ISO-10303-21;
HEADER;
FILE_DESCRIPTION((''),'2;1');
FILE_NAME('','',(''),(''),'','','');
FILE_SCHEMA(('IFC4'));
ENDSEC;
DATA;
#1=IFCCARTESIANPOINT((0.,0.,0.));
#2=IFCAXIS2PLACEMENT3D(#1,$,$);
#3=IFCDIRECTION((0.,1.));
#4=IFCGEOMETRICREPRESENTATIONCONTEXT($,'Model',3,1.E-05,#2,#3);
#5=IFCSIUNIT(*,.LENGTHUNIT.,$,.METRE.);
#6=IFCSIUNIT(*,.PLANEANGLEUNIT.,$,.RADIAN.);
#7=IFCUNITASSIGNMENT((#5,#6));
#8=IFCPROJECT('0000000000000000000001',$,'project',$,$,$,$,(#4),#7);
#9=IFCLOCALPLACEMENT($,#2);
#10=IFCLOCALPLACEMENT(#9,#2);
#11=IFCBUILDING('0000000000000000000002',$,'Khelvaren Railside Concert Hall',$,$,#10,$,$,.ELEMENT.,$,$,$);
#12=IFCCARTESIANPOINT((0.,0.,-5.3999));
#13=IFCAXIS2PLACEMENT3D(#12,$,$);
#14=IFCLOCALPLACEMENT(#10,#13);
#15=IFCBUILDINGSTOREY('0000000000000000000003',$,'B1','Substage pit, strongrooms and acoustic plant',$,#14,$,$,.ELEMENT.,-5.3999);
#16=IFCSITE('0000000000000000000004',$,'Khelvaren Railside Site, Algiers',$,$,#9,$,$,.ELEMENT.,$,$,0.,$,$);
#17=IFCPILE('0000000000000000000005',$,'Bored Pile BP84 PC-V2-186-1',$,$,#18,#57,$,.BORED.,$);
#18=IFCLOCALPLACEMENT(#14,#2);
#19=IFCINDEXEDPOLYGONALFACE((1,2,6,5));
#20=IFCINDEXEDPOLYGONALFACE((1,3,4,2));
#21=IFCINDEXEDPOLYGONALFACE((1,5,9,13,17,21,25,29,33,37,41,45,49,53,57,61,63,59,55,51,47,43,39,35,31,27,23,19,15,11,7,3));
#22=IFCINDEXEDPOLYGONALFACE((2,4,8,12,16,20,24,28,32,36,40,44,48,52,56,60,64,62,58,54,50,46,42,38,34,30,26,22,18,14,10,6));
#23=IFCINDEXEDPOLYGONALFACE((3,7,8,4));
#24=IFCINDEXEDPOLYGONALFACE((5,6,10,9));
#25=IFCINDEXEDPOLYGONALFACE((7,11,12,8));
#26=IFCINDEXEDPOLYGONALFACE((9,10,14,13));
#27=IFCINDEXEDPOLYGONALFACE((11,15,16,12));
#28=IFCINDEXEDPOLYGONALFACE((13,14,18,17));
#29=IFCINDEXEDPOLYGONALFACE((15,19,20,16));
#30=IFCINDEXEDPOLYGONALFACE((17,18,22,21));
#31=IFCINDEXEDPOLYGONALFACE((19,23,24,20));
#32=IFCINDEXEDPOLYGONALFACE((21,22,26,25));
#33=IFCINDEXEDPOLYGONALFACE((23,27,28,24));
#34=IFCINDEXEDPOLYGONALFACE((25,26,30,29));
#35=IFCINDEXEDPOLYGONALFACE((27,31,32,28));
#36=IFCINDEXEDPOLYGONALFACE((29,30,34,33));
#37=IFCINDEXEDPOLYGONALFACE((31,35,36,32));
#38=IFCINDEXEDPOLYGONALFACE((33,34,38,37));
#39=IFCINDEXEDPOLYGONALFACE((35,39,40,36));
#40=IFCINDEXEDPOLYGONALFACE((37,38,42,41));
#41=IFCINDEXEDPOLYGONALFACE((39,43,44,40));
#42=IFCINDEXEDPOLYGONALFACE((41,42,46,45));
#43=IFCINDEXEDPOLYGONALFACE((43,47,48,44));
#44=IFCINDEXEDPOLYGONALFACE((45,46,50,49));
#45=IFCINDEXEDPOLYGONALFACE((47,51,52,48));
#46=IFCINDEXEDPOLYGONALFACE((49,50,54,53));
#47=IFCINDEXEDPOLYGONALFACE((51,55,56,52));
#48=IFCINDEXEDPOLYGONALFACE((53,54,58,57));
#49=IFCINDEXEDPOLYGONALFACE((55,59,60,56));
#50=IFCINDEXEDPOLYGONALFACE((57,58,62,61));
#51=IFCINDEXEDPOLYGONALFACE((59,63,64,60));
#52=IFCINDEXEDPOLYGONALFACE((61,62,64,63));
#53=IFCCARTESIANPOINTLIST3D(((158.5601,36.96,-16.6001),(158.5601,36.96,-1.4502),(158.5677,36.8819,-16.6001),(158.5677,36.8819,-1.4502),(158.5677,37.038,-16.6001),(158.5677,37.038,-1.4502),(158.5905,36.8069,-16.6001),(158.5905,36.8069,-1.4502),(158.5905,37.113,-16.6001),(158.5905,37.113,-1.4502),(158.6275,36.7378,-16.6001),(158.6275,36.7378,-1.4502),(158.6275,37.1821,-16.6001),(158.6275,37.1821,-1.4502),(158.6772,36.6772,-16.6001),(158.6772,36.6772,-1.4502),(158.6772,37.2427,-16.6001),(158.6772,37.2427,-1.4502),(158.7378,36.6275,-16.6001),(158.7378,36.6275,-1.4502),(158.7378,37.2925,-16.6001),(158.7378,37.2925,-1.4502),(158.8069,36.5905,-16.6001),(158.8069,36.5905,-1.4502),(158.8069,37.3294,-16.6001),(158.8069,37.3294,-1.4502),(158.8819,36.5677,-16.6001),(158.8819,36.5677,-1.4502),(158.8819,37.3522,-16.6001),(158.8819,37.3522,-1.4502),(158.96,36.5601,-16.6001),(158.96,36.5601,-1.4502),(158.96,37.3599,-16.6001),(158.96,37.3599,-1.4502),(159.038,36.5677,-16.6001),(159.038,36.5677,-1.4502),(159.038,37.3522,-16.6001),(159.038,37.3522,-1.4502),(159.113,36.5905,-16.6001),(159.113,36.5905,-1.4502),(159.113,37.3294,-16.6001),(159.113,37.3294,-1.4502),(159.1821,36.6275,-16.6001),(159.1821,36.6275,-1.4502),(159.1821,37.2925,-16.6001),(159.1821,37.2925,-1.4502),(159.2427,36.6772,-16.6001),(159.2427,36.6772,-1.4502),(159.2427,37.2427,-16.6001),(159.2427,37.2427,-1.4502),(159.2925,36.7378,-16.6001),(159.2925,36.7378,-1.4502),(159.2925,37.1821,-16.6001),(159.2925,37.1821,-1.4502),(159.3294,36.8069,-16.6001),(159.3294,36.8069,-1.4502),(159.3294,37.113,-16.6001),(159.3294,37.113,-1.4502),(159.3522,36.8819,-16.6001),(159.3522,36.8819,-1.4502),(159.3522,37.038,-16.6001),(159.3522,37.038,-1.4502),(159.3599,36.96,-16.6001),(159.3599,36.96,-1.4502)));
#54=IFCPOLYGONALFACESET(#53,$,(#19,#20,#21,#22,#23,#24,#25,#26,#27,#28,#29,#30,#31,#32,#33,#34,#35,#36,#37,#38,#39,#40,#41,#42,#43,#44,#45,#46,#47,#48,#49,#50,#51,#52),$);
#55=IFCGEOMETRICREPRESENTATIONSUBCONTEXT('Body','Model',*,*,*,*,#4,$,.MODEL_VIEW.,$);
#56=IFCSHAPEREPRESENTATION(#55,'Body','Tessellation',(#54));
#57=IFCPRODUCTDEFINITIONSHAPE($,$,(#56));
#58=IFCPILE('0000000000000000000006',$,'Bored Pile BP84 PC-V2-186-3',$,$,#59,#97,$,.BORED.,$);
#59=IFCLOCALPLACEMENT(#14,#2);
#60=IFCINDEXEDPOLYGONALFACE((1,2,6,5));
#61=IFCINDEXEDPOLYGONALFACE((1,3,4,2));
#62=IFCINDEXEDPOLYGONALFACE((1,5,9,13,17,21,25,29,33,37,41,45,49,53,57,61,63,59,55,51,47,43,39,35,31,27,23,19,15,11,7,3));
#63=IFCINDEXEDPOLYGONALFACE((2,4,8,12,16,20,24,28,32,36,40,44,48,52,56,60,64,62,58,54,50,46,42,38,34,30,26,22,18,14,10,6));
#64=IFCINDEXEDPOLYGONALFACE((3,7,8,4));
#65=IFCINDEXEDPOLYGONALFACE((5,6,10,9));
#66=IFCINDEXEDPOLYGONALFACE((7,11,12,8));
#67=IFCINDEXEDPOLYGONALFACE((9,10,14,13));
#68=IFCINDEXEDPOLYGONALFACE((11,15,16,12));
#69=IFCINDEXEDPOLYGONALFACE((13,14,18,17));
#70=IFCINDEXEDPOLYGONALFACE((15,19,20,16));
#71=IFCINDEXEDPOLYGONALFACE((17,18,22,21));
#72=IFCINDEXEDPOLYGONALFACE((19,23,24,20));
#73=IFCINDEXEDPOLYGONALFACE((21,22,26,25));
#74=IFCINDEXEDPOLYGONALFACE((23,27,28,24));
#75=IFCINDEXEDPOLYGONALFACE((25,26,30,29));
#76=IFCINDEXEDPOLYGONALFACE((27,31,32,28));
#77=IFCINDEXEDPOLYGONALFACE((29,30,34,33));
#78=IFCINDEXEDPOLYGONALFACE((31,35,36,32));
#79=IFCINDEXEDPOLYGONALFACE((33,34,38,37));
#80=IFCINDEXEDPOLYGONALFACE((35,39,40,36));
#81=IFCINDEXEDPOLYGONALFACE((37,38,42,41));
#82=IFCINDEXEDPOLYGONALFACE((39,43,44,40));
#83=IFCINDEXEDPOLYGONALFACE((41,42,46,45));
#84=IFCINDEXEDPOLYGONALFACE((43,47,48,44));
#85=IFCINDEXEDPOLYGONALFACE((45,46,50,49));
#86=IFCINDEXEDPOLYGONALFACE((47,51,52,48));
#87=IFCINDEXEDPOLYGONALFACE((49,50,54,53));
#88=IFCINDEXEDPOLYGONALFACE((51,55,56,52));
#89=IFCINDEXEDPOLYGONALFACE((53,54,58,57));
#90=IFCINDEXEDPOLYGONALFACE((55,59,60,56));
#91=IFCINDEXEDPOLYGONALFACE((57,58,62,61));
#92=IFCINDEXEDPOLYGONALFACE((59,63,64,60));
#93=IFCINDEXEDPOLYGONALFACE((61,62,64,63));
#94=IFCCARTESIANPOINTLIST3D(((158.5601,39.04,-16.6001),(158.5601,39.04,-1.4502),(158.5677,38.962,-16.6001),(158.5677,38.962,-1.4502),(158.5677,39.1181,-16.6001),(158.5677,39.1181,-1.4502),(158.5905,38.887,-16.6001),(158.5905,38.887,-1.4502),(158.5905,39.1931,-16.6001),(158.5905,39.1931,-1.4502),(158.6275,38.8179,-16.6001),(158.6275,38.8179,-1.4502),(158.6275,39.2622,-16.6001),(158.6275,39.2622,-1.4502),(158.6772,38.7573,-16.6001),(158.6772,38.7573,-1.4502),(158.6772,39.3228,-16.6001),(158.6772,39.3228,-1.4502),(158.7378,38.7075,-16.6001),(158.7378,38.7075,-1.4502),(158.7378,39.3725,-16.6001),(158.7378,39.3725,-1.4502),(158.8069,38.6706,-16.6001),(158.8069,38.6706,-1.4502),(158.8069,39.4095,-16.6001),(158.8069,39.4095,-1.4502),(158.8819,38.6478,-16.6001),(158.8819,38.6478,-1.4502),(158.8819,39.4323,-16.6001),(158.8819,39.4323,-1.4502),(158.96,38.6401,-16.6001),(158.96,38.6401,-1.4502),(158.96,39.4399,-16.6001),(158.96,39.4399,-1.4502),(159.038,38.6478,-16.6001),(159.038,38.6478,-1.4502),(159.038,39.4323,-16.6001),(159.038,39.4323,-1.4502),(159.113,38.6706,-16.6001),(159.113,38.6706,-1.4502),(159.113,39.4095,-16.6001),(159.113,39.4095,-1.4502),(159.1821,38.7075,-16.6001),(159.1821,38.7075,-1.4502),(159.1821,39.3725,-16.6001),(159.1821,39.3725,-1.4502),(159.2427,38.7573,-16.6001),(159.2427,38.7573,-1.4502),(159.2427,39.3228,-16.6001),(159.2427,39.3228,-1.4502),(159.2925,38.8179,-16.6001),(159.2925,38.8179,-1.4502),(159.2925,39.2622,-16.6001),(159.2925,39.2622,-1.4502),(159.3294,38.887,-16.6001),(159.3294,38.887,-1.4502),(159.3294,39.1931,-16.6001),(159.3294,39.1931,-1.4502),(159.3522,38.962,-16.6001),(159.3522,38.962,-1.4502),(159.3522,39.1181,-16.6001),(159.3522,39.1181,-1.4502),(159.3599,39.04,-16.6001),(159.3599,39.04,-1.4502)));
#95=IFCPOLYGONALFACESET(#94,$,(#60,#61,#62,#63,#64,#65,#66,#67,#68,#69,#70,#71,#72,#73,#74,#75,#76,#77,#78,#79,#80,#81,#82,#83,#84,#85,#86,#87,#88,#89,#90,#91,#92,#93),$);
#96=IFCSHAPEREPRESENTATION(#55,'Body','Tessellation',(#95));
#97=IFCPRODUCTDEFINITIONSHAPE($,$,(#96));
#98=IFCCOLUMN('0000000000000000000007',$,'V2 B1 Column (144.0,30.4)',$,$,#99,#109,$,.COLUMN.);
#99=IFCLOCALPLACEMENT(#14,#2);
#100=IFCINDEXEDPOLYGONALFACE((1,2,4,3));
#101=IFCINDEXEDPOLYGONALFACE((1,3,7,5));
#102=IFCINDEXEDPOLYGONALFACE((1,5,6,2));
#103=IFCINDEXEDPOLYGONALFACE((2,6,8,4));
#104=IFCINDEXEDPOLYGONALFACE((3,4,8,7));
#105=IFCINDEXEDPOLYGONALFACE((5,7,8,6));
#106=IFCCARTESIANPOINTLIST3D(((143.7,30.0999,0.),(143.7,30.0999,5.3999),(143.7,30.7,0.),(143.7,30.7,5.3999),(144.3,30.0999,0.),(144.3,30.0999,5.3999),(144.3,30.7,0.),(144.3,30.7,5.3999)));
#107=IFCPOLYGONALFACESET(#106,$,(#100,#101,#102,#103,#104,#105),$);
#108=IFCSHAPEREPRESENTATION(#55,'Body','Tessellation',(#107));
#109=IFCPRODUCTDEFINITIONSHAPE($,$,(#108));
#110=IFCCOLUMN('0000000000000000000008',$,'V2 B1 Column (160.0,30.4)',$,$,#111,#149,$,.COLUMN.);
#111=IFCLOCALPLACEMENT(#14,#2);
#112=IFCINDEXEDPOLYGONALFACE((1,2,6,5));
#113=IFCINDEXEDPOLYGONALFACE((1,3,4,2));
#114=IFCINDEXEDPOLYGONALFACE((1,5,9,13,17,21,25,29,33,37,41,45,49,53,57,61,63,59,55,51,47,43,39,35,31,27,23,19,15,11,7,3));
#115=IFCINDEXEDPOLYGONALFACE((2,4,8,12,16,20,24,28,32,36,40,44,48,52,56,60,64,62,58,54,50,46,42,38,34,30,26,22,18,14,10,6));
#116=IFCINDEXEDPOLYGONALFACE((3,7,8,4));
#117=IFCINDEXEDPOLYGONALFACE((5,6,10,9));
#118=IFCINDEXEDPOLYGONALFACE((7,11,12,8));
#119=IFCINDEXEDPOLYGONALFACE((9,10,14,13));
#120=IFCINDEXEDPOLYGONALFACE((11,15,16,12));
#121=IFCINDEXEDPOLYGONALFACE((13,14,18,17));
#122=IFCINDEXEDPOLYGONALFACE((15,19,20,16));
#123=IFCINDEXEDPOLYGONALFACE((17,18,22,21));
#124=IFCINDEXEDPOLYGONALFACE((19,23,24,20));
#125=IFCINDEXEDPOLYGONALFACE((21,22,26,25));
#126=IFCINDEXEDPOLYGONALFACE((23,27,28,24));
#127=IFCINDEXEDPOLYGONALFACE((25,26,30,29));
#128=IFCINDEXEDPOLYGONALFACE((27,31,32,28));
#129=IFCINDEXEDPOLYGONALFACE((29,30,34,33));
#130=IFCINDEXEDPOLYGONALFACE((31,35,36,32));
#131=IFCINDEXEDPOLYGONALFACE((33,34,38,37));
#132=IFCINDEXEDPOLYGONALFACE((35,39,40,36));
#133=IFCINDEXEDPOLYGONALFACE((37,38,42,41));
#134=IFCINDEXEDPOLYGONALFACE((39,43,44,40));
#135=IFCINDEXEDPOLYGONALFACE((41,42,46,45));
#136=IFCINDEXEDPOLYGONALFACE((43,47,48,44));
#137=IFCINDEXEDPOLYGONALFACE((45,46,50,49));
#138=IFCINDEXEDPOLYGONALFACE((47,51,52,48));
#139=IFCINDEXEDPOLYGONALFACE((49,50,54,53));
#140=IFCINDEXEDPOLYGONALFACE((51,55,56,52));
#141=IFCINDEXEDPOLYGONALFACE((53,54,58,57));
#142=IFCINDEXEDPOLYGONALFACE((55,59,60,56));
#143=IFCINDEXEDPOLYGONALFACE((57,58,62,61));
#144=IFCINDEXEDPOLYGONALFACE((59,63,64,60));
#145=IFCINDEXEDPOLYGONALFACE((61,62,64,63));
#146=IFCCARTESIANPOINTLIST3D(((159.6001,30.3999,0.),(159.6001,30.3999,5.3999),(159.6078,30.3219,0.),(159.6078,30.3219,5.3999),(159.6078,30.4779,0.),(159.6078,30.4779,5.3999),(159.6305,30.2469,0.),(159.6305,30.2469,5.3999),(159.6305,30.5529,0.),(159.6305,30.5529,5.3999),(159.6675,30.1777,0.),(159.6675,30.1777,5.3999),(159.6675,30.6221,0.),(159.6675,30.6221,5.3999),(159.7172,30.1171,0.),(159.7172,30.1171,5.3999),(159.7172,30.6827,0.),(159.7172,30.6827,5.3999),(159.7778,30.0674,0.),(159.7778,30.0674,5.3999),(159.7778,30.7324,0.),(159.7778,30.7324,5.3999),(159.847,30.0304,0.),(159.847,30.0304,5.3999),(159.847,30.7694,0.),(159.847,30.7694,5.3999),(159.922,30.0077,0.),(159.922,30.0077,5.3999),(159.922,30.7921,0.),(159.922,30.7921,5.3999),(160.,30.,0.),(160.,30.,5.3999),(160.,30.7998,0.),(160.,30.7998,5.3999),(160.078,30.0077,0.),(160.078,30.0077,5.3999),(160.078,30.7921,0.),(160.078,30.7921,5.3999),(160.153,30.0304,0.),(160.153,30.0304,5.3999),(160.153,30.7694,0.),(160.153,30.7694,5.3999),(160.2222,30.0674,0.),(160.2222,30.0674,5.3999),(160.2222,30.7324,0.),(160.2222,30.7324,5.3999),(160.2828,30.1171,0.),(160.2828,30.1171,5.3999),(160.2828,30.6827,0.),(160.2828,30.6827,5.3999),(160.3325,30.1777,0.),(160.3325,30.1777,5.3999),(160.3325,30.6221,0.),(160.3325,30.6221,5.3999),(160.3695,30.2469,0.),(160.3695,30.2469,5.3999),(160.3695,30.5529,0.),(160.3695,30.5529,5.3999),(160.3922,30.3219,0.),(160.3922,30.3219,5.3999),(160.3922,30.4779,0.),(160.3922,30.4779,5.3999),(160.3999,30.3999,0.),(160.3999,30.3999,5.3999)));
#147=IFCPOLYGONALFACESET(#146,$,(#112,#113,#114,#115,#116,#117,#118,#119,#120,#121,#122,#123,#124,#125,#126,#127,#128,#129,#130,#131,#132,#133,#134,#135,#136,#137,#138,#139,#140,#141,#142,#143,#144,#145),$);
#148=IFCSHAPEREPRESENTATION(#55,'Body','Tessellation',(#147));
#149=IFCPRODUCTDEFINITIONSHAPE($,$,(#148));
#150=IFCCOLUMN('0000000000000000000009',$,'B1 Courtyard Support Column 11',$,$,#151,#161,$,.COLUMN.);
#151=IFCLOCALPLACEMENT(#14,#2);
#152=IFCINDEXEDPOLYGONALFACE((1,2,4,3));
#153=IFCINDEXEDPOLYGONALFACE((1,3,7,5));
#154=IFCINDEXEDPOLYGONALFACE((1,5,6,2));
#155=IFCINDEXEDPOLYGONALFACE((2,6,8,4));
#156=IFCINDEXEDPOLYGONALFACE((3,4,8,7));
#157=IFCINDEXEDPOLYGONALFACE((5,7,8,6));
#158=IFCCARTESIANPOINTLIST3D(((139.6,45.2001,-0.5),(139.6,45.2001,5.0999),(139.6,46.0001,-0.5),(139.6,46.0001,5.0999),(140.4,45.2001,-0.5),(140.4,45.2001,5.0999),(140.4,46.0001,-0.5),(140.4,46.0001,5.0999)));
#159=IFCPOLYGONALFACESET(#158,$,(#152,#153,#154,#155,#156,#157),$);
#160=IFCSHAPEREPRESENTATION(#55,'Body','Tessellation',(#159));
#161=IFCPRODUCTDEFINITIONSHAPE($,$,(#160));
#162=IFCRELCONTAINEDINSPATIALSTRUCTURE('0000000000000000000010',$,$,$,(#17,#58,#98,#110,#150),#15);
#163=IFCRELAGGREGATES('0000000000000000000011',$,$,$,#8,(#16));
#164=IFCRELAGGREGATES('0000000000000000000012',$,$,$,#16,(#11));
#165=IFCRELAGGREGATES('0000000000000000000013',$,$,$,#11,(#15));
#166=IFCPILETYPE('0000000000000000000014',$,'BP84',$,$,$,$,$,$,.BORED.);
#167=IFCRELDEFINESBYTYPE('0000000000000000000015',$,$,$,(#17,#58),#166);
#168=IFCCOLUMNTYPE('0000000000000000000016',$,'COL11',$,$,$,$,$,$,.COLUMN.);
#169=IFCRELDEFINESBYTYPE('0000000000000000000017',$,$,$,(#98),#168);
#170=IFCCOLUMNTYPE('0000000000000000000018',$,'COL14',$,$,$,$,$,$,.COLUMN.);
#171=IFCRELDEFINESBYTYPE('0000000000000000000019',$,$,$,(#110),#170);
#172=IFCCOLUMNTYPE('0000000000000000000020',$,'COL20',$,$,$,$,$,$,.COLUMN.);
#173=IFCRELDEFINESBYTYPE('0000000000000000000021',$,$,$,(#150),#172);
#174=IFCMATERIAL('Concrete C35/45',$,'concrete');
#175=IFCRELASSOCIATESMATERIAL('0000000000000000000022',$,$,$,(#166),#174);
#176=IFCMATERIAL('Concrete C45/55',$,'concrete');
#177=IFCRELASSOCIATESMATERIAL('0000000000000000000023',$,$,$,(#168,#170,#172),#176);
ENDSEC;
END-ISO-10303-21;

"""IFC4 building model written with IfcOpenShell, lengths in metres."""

from ifc_helpers import new_model, si_unit, direction, frame, origin, origin_2d, place, context, subcontext, project, spatial, rectangle, circle, extrude, material, material_profile, profile_set, type_object, element, save


model = new_model("IFC4")

# Units and contexts
model_context = context("Model", 3, precision=1e-05, world=origin(), true_north=direction((0.0, 1.0)))
body_context = subcontext(model_context, "Body", "Model", "MODEL_VIEW")
ifc_project = project(units=[si_unit("LENGTHUNIT", "METRE"), si_unit("PLANEANGLEUNIT", "RADIAN")], contexts=[model_context])

# Site, building, storey
site_placement = place(None, origin())
site = spatial("IfcSite", under=ifc_project, at=site_placement, Name="Khelvaren Railside Site, Algiers", CompositionType="ELEMENT", RefElevation=0.0)
building_placement = place(site_placement, origin())
building = spatial("IfcBuilding", under=site, at=building_placement, Name="Khelvaren Railside Concert Hall", CompositionType="ELEMENT")
storey_placement = place(building_placement, frame((0.0, 0.0, -5.3999)))
storey = spatial("IfcBuildingStorey", under=building, at=storey_placement, Name="B1", Description="Substage pit, strongrooms and acoustic plant", CompositionType="ELEMENT", Elevation=-5.3999)

# Piles
ifc_material_1 = material(Name="Concrete C35/45", Category="concrete")
ifc_material_profile_1 = material_profile(ifc_material_1, circle(Radius=0.3999, at=origin_2d()), Name="BP D800")
ifc_profile_set_1 = profile_set([ifc_material_profile_1], Name="Concrete C35/45")
pile_type_1 = type_object("IfcPileType", Name="BP84", PredefinedType="BORED", material=ifc_profile_set_1)
for number, where, z_axis, x_axis, name in (
    (1, (158.96, 36.96, -1.4502), (0.0, 0.0, -1.0), (1.0, 0.0, 0.0), "Bored Pile BP84 PC-V2-186-1"),
    (2, (158.96, 39.04, -1.4502), (0.0, 0.0, -1.0), (1.0, 0.0, 0.0), "Bored Pile BP84 PC-V2-186-3"),
):
    element("IfcPile", number, at=place(storey_placement, frame(where, z_axis=z_axis, x_axis=x_axis)), inside=storey, type_object=pile_type_1, Name=name, PredefinedType="BORED", context=body_context, shape_type="SweptSolid", body=[
        extrude(circle(Radius=0.3999, at=origin_2d()), origin(), (0.0, 0.0, 1.0), 15.1499),
    ])

# Columns
ifc_material_2 = material(Name="Concrete C45/55", Category="concrete")
ifc_material_profile_2 = material_profile(ifc_material_2, rectangle(XDim=0.6001, YDim=0.6001, at=origin_2d()), Name="RC 600x600")
ifc_profile_set_2 = profile_set([ifc_material_profile_2], Name="Concrete C45/55")
column_type_1 = type_object("IfcColumnType", Name="COL11", PredefinedType="COLUMN", material=ifc_profile_set_2)
column_1_placement = place(storey_placement, frame((144.0, 30.3999, 0.0), z_axis=(0.0, 0.0, 1.0), x_axis=(1.0, 0.0, 0.0)))
element("IfcColumn", 3, at=column_1_placement, inside=storey, type_object=column_type_1, Name="V2 B1 Column (144.0,30.4)", PredefinedType="COLUMN", context=body_context, shape_type="SweptSolid", body=[
    extrude(rectangle(XDim=0.6001, YDim=0.6001, at=origin_2d()), origin(), (0.0, 0.0, 1.0), 5.3999),
])
ifc_material_profile_3 = material_profile(ifc_material_2, circle(Radius=0.3999, at=origin_2d()), Name="RC D800")
ifc_profile_set_3 = profile_set([ifc_material_profile_3], Name="Concrete C45/55")
column_type_2 = type_object("IfcColumnType", Name="COL14", PredefinedType="COLUMN", material=ifc_profile_set_3)
column_2_placement = place(storey_placement, frame((160.0, 30.3999, 0.0), z_axis=(0.0, 0.0, 1.0), x_axis=(1.0, 0.0, 0.0)))
element("IfcColumn", 4, at=column_2_placement, inside=storey, type_object=column_type_2, Name="V2 B1 Column (160.0,30.4)", PredefinedType="COLUMN", context=body_context, shape_type="SweptSolid", body=[
    extrude(circle(Radius=0.3999, at=origin_2d()), origin(), (0.0, 0.0, 1.0), 5.3999),
])
ifc_material_profile_4 = material_profile(ifc_material_2, rectangle(XDim=0.8, YDim=0.8, at=origin_2d()), Name="RC 800x800")
ifc_profile_set_4 = profile_set([ifc_material_profile_4], Name="Concrete C45/55")
column_type_3 = type_object("IfcColumnType", Name="COL20", PredefinedType="COLUMN", material=ifc_profile_set_4)
column_3_placement = place(storey_placement, frame((140.0, 45.6001, -0.5), z_axis=(0.0, 0.0, 1.0), x_axis=(1.0, 0.0, 0.0)))
element("IfcColumn", 5, at=column_3_placement, inside=storey, type_object=column_type_3, Name="B1 Courtyard Support Column 11", PredefinedType="COLUMN", context=body_context, shape_type="SweptSolid", body=[
    extrude(rectangle(XDim=0.8, YDim=0.8, at=origin_2d()), origin(), (0.0, 0.0, 1.0), 5.5999),
])

save(model, "model.ifc")
